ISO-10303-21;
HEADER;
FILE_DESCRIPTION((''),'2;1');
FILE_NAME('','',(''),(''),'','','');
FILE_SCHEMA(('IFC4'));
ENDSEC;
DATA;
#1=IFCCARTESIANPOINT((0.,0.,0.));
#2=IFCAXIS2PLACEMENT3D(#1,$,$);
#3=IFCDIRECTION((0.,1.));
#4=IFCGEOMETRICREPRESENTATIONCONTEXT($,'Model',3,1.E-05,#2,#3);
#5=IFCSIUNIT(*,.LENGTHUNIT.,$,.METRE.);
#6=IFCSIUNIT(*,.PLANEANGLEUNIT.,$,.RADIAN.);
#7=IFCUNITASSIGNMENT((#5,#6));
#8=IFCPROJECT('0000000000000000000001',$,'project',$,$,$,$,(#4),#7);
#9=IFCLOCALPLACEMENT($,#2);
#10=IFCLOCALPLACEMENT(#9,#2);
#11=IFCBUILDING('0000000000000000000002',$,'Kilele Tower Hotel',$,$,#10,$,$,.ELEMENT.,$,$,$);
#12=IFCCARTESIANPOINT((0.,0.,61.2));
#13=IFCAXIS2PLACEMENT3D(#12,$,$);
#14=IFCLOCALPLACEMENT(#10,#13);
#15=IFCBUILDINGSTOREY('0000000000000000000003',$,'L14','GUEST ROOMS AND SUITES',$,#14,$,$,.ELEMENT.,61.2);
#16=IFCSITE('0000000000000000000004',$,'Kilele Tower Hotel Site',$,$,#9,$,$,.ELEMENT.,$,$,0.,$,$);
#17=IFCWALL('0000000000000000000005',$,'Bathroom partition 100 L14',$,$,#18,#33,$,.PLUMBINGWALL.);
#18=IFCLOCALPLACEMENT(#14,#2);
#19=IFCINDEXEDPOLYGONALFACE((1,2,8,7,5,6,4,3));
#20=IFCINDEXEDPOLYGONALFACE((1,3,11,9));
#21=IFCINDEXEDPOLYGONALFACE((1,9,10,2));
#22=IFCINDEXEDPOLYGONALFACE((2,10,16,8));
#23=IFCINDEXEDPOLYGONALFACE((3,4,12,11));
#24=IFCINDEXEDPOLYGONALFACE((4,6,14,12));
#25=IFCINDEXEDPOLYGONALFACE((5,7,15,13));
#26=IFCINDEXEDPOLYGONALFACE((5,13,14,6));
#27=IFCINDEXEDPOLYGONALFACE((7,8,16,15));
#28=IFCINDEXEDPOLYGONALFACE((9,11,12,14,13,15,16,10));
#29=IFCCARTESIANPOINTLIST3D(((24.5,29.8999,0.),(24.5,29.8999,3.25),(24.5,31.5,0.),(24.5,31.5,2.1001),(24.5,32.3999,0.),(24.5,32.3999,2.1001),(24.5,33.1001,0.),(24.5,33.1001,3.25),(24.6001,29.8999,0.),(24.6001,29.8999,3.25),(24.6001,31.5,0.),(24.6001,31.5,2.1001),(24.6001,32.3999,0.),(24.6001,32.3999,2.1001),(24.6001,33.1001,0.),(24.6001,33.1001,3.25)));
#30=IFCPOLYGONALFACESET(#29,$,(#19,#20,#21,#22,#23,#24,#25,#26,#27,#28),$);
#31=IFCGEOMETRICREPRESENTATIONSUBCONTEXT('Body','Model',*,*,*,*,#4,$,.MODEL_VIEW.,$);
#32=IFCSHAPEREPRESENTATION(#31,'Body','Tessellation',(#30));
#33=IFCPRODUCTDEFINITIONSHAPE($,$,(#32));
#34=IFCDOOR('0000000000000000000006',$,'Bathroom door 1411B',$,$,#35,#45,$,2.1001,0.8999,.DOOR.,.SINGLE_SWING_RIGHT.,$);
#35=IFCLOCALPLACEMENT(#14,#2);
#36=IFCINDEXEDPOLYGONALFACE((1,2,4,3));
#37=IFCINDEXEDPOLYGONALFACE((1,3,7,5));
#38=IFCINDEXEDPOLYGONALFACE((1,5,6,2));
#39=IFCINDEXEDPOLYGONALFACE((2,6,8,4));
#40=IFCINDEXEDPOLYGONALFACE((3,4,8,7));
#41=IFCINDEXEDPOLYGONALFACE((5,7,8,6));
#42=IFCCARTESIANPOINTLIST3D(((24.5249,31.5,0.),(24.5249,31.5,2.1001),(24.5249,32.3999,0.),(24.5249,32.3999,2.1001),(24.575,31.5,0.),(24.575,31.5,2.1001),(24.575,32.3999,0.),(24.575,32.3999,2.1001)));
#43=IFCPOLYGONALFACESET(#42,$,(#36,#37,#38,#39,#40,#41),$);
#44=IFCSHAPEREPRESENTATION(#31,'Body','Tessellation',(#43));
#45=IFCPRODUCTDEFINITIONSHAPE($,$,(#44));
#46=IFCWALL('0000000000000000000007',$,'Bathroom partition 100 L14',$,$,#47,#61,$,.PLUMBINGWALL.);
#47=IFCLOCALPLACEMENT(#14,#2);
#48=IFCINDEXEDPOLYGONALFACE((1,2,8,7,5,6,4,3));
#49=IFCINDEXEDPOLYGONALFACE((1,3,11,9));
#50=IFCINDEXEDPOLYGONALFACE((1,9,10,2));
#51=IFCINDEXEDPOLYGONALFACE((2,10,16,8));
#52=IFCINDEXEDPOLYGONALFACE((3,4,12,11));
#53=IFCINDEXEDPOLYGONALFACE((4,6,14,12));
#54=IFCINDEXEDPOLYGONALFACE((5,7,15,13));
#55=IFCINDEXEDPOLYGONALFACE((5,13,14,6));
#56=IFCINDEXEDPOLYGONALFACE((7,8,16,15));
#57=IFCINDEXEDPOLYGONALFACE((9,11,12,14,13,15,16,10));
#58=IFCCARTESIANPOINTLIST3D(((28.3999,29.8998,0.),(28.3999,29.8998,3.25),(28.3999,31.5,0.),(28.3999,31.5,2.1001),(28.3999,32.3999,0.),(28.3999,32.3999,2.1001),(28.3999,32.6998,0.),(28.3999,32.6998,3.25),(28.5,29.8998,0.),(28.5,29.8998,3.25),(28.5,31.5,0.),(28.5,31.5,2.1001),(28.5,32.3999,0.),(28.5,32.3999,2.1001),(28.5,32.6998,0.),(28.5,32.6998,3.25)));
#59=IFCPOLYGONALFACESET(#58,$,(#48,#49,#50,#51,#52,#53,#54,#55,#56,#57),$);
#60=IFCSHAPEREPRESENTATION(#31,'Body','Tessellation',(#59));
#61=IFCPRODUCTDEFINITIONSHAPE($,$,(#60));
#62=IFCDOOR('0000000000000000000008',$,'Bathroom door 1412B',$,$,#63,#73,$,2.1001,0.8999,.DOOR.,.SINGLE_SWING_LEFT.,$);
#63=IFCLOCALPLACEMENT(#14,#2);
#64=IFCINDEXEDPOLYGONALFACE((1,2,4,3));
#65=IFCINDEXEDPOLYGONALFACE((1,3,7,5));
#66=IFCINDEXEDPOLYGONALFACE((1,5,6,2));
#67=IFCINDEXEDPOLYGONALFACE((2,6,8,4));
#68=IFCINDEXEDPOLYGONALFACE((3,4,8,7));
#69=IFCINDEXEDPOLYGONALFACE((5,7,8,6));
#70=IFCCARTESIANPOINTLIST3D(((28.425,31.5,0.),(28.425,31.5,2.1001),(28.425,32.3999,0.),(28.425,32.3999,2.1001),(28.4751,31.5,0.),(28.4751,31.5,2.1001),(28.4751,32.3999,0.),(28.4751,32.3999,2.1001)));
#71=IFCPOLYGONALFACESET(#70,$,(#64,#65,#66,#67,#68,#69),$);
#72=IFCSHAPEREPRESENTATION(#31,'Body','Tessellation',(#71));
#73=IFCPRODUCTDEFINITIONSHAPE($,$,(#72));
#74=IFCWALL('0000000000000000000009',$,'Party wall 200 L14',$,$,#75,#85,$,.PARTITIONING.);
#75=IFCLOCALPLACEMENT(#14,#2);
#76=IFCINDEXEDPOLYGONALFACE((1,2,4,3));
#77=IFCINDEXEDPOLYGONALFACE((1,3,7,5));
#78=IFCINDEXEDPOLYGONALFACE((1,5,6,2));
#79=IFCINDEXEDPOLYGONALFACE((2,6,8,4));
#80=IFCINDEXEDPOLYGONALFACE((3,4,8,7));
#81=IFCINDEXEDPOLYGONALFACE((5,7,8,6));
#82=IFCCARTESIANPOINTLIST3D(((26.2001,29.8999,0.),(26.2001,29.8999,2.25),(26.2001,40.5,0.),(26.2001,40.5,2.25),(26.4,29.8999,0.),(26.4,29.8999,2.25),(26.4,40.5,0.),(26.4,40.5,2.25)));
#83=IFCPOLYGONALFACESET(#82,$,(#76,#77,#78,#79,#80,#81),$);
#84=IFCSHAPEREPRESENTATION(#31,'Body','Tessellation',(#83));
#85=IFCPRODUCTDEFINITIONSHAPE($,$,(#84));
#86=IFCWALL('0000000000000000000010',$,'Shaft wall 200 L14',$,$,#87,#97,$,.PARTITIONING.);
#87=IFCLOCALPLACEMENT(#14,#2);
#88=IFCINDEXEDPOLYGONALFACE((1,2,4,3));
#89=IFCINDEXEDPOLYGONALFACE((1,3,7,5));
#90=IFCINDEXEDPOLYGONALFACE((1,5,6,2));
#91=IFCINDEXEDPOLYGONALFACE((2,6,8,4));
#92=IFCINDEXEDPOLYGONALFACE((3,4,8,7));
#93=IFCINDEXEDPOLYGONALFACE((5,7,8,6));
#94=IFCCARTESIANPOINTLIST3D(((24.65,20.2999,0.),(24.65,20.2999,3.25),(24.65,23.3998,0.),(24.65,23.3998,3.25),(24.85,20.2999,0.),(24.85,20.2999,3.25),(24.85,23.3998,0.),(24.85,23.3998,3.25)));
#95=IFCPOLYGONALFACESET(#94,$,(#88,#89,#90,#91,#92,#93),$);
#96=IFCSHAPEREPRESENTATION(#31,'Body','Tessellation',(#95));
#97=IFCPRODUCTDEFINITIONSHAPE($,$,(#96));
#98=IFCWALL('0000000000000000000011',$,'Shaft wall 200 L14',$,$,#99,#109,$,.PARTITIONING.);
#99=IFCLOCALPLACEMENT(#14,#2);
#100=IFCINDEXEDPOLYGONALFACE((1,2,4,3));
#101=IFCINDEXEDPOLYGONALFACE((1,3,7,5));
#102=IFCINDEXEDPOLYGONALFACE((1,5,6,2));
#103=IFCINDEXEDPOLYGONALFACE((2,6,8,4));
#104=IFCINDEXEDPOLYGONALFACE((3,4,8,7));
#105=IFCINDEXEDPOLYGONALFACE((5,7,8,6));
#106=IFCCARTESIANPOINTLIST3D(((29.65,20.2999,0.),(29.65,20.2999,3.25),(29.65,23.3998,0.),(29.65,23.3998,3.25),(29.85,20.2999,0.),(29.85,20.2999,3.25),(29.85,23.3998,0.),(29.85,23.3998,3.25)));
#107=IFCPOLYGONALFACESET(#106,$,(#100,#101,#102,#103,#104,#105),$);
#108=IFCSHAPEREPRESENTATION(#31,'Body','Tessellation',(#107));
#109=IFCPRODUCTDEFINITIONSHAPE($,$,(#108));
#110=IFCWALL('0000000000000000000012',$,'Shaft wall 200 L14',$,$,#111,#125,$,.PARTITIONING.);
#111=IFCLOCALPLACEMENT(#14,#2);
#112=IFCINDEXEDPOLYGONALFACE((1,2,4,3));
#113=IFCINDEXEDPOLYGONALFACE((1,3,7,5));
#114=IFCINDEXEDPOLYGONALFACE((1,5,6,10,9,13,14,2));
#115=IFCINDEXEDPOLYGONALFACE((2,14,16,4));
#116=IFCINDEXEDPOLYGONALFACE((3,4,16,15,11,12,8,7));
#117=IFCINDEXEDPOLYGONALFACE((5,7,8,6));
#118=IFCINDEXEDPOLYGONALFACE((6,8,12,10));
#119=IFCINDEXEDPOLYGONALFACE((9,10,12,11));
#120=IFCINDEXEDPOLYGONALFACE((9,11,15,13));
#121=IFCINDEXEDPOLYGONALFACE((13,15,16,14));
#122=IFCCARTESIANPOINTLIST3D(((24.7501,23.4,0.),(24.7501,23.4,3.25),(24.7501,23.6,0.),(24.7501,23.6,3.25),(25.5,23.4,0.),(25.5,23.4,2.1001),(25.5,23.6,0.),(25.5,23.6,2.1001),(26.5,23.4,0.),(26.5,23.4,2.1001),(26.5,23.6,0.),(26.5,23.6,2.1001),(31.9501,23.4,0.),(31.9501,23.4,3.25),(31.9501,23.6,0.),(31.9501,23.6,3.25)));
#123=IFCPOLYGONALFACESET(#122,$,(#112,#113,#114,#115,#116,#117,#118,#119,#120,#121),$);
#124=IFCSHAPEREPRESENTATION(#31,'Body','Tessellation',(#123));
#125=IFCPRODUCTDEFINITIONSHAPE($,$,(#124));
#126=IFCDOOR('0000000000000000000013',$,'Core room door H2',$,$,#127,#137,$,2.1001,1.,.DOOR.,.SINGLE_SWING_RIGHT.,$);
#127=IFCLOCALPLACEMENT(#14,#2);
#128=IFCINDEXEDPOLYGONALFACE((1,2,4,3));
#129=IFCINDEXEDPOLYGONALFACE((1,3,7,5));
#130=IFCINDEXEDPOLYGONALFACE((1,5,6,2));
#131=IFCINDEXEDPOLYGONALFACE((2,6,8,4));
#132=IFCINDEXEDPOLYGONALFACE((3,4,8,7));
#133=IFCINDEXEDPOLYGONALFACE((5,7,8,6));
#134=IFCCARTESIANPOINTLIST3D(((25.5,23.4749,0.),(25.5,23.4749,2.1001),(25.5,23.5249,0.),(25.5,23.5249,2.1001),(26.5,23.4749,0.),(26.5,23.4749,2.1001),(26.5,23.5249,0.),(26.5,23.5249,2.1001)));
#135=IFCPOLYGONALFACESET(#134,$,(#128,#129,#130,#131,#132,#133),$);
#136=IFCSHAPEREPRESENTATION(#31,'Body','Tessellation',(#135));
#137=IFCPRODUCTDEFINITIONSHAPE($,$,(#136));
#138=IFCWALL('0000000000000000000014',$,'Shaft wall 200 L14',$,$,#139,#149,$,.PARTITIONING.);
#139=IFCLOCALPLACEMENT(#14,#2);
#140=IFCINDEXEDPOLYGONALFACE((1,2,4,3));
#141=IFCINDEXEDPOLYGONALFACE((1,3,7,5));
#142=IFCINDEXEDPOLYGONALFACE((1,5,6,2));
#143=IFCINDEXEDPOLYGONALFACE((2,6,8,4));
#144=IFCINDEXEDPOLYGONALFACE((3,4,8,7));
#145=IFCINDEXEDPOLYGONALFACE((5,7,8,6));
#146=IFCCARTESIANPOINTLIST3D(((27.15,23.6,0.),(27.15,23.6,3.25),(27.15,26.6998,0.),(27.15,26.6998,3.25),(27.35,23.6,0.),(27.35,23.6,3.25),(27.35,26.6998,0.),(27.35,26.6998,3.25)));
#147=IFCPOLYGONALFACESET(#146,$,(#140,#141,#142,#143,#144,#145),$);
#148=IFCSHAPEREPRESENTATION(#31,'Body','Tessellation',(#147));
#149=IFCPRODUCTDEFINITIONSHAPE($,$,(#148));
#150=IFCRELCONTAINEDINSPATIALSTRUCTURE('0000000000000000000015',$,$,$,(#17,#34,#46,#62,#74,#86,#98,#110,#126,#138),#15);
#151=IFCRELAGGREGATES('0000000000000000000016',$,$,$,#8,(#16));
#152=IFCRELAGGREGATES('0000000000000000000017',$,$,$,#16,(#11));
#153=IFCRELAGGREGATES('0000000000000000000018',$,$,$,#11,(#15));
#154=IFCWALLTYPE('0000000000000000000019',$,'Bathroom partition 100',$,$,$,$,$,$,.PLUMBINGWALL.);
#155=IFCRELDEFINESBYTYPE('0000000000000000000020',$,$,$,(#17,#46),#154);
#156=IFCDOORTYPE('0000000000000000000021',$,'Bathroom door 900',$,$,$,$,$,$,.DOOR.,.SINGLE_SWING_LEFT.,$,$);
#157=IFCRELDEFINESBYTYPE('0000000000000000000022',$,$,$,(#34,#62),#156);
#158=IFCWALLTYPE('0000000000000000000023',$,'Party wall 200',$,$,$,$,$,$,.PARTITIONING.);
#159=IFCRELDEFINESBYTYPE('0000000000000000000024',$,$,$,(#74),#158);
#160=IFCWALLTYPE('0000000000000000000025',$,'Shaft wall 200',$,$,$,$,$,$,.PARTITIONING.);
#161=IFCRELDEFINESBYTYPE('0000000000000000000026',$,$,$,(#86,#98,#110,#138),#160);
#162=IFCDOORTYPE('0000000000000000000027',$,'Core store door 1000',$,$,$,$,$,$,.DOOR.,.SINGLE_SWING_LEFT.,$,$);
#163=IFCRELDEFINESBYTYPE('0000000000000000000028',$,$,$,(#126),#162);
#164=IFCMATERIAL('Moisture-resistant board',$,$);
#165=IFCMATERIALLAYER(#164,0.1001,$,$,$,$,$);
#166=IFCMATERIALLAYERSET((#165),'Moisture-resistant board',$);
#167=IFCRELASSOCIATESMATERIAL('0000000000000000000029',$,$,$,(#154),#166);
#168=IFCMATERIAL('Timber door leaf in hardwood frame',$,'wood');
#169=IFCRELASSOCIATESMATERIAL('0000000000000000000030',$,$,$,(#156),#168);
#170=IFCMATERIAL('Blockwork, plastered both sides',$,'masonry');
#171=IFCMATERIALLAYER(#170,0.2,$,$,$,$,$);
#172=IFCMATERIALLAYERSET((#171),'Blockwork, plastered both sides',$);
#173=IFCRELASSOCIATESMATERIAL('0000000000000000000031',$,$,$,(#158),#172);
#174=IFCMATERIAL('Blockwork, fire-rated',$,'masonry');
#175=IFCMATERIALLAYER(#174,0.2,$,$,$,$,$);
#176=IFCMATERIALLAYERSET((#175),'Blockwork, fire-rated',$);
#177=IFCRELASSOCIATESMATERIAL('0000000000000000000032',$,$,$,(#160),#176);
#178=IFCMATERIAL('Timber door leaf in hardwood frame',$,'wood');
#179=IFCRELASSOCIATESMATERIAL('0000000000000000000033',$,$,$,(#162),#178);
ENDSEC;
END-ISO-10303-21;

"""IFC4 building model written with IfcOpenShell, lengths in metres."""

from ifc_helpers import new_model, si_unit, direction, frame, frame_2d, origin, place, context, subcontext, project, spatial, rectangle, extrude, material, layer, layer_set, type_object, element, fill, save


model = new_model("IFC4")

# Units and contexts
model_context = context("Model", 3, precision=1e-05, world=origin(), true_north=direction((0.0, 1.0)))
body_context = subcontext(model_context, "Body", "Model", "MODEL_VIEW")
ifc_project = project(units=[si_unit("LENGTHUNIT", "METRE"), si_unit("PLANEANGLEUNIT", "RADIAN")], contexts=[model_context])

# Site, building, storey
site_placement = place(None, origin())
site = spatial("IfcSite", under=ifc_project, at=site_placement, Name="Kilele Tower Hotel Site", CompositionType="ELEMENT", RefElevation=0.0)
building_placement = place(site_placement, origin())
building = spatial("IfcBuilding", under=site, at=building_placement, Name="Kilele Tower Hotel", CompositionType="ELEMENT")
storey_placement = place(building_placement, frame((0.0, 0.0, 61.2)))
storey = spatial("IfcBuildingStorey", under=building, at=storey_placement, Name="L14", Description="GUEST ROOMS AND SUITES", CompositionType="ELEMENT", Elevation=61.2)

# Walls, openings, doors
ifc_material_1 = material(Name="Moisture-resistant board")
ifc_layer_1 = layer(ifc_material_1, 0.1001)
ifc_layer_set_1 = layer_set([ifc_layer_1], Name="Moisture-resistant board")
wall_type_1 = type_object("IfcWallType", Name="Bathroom partition 100", PredefinedType="PLUMBINGWALL", material=ifc_layer_set_1)
wall_1_placement = place(storey_placement, frame((24.55, 29.8999, 0.0), z_axis=(0.0, 0.0, 1.0), x_axis=(0.0, 1.0, 0.0)))
wall_1 = element("IfcWall", 1, at=wall_1_placement, inside=storey, type_object=wall_type_1, Name="Bathroom partition 100 L14", PredefinedType="PLUMBINGWALL", context=body_context, shape_type="SweptSolid", body=[
    extrude(rectangle(XDim=3.2002, YDim=0.1001, at=frame_2d((1.6001, 0.0))), origin(), (0.0, 0.0, 1.0), 3.25),
])
opening_1_placement = place(wall_1_placement, frame((2.5, 0.0, 0.0), z_axis=(0.0, 0.0, 1.0), x_axis=(-1.0, 0.0, 0.0)))
opening_1 = element("IfcOpeningElement", 2, at=opening_1_placement, cuts=wall_1, PredefinedType="OPENING", context=body_context, shape_type="SweptSolid", body=[
    extrude(rectangle(XDim=0.8999, YDim=2.1001, at=frame_2d((0.45, 1.05))), frame((0.0, 0.0601, 0.0), z_axis=(0.0, -1.0, 0.0), x_axis=(1.0, 0.0, 0.0)), (0.0, 0.0, 1.0), 0.1201),
])
ifc_material_2 = material(Name="Timber door leaf in hardwood frame", Category="wood")
door_type_1 = type_object("IfcDoorType", Name="Bathroom door 900", OperationType="SINGLE_SWING_LEFT", PredefinedType="DOOR", material=ifc_material_2)
door_1_placement = place(opening_1_placement, origin())
door_1 = element("IfcDoor", 3, at=door_1_placement, inside=storey, type_object=door_type_1, Name="Bathroom door 1411B", OperationType="SINGLE_SWING_RIGHT", OverallHeight=2.1001, OverallWidth=0.8999, PredefinedType="DOOR", context=body_context, shape_type="SweptSolid", body=[
    extrude(rectangle(XDim=0.8999, YDim=2.1001, at=frame_2d((0.45, 1.05))), frame((0.0, 0.0249, 0.0), z_axis=(0.0, -1.0, 0.0), x_axis=(1.0, 0.0, 0.0)), (0.0, 0.0, 1.0), 0.05),
])
fill(opening_1, door_1)
wall_2_placement = place(storey_placement, frame((28.45, 29.8999, 0.0), z_axis=(0.0, 0.0, 1.0), x_axis=(0.0, 1.0, 0.0)))
wall_2 = element("IfcWall", 4, at=wall_2_placement, inside=storey, type_object=wall_type_1, Name="Bathroom partition 100 L14", PredefinedType="PLUMBINGWALL", context=body_context, shape_type="SweptSolid", body=[
    extrude(rectangle(XDim=2.8, YDim=0.1001, at=frame_2d((1.3999, 0.0))), origin(), (0.0, 0.0, 1.0), 3.25),
])
opening_2_placement = place(wall_2_placement, frame((1.6001, 0.0, 0.0)))
opening_2 = element("IfcOpeningElement", 5, at=opening_2_placement, cuts=wall_2, PredefinedType="OPENING", context=body_context, shape_type="SweptSolid", body=[
    extrude(rectangle(XDim=0.8999, YDim=2.1001, at=frame_2d((0.45, 1.05))), frame((0.0, 0.0601, 0.0), z_axis=(0.0, -1.0, 0.0), x_axis=(1.0, 0.0, 0.0)), (0.0, 0.0, 1.0), 0.1201),
])
door_2_placement = place(opening_2_placement, origin())
door_2 = element("IfcDoor", 6, at=door_2_placement, inside=storey, type_object=door_type_1, Name="Bathroom door 1412B", OperationType="SINGLE_SWING_LEFT", OverallHeight=2.1001, OverallWidth=0.8999, PredefinedType="DOOR", context=body_context, shape_type="SweptSolid", body=[
    extrude(rectangle(XDim=0.8999, YDim=2.1001, at=frame_2d((0.45, 1.05))), frame((0.0, 0.0249, 0.0), z_axis=(0.0, -1.0, 0.0), x_axis=(1.0, 0.0, 0.0)), (0.0, 0.0, 1.0), 0.05),
])
fill(opening_2, door_2)

# Walls
ifc_material_3 = material(Name="Blockwork, plastered both sides", Category="masonry")
ifc_layer_2 = layer(ifc_material_3, 0.2)
ifc_layer_set_2 = layer_set([ifc_layer_2], Name="Blockwork, plastered both sides")
wall_type_2 = type_object("IfcWallType", Name="Party wall 200", PredefinedType="PARTITIONING", material=ifc_layer_set_2)
wall_3_placement = place(storey_placement, frame((26.3, 29.8999, 0.0), z_axis=(0.0, 0.0, 1.0), x_axis=(0.0, 1.0, 0.0)))
element("IfcWall", 7, at=wall_3_placement, inside=storey, type_object=wall_type_2, Name="Party wall 200 L14", PredefinedType="PARTITIONING", context=body_context, shape_type="SweptSolid", body=[
    extrude(rectangle(XDim=10.6001, YDim=0.2, at=frame_2d((5.3, 0.0))), origin(), (0.0, 0.0, 1.0), 2.25),
])
ifc_material_4 = material(Name="Blockwork, fire-rated", Category="masonry")
ifc_layer_3 = layer(ifc_material_4, 0.2)
ifc_layer_set_3 = layer_set([ifc_layer_3], Name="Blockwork, fire-rated")
wall_type_3 = type_object("IfcWallType", Name="Shaft wall 200", PredefinedType="PARTITIONING", material=ifc_layer_set_3)
for number, where, z_axis, x_axis, name in (
    (8, (24.75, 20.3, 0.0), (0.0, 0.0, 1.0), (0.0, 1.0, 0.0), "Shaft wall 200 L14"),
    (9, (29.75, 20.3, 0.0), (0.0, 0.0, 1.0), (0.0, 1.0, 0.0), "Shaft wall 200 L14"),
):
    element("IfcWall", number, at=place(storey_placement, frame(where, z_axis=z_axis, x_axis=x_axis)), inside=storey, type_object=wall_type_3, Name=name, PredefinedType="PARTITIONING", context=body_context, shape_type="SweptSolid", body=[
        extrude(rectangle(XDim=3.0999, YDim=0.2, at=frame_2d((1.5498, 0.0))), origin(), (0.0, 0.0, 1.0), 3.25),
    ])

# Wall, opening, door
wall_4_placement = place(storey_placement, frame((24.75, 23.5, 0.0), z_axis=(0.0, 0.0, 1.0), x_axis=(1.0, 0.0, 0.0)))
wall_4 = element("IfcWall", 10, at=wall_4_placement, inside=storey, type_object=wall_type_3, Name="Shaft wall 200 L14", PredefinedType="PARTITIONING", context=body_context, shape_type="SweptSolid", body=[
    extrude(rectangle(XDim=7.2, YDim=0.2, at=frame_2d((3.6001, 0.0))), origin(), (0.0, 0.0, 1.0), 3.25),
])
opening_3_placement = place(wall_4_placement, frame((0.75, 0.0, 0.0)))
opening_3 = element("IfcOpeningElement", 11, at=opening_3_placement, cuts=wall_4, PredefinedType="OPENING", context=body_context, shape_type="SweptSolid", body=[
    extrude(rectangle(XDim=1.0, YDim=2.1001, at=frame_2d((0.5, 1.05))), frame((0.0, 0.1099, 0.0), z_axis=(0.0, -1.0, 0.0), x_axis=(1.0, 0.0, 0.0)), (0.0, 0.0, 1.0), 0.22),
])
ifc_material_5 = material(Name="Timber door leaf in hardwood frame", Category="wood")
door_type_2 = type_object("IfcDoorType", Name="Core store door 1000", OperationType="SINGLE_SWING_LEFT", PredefinedType="DOOR", material=ifc_material_5)
door_3_placement = place(opening_3_placement, origin())
door_3 = element("IfcDoor", 12, at=door_3_placement, inside=storey, type_object=door_type_2, Name="Core room door H2", OperationType="SINGLE_SWING_RIGHT", OverallHeight=2.1001, OverallWidth=1.0, PredefinedType="DOOR", context=body_context, shape_type="SweptSolid", body=[
    extrude(rectangle(XDim=1.0, YDim=2.1001, at=frame_2d((0.5, 1.05))), frame((0.0, 0.0249, 0.0), z_axis=(0.0, -1.0, 0.0), x_axis=(1.0, 0.0, 0.0)), (0.0, 0.0, 1.0), 0.05),
])
fill(opening_3, door_3)

# Wall
wall_5_placement = place(storey_placement, frame((27.25, 23.6001, 0.0), z_axis=(0.0, 0.0, 1.0), x_axis=(0.0, 1.0, 0.0)))
element("IfcWall", 13, at=wall_5_placement, inside=storey, type_object=wall_type_3, Name="Shaft wall 200 L14", PredefinedType="PARTITIONING", context=body_context, shape_type="SweptSolid", body=[
    extrude(rectangle(XDim=3.0999, YDim=0.2, at=frame_2d((1.5498, 0.0))), origin(), (0.0, 0.0, 1.0), 3.25),
])

save(model, "model.ifc")
